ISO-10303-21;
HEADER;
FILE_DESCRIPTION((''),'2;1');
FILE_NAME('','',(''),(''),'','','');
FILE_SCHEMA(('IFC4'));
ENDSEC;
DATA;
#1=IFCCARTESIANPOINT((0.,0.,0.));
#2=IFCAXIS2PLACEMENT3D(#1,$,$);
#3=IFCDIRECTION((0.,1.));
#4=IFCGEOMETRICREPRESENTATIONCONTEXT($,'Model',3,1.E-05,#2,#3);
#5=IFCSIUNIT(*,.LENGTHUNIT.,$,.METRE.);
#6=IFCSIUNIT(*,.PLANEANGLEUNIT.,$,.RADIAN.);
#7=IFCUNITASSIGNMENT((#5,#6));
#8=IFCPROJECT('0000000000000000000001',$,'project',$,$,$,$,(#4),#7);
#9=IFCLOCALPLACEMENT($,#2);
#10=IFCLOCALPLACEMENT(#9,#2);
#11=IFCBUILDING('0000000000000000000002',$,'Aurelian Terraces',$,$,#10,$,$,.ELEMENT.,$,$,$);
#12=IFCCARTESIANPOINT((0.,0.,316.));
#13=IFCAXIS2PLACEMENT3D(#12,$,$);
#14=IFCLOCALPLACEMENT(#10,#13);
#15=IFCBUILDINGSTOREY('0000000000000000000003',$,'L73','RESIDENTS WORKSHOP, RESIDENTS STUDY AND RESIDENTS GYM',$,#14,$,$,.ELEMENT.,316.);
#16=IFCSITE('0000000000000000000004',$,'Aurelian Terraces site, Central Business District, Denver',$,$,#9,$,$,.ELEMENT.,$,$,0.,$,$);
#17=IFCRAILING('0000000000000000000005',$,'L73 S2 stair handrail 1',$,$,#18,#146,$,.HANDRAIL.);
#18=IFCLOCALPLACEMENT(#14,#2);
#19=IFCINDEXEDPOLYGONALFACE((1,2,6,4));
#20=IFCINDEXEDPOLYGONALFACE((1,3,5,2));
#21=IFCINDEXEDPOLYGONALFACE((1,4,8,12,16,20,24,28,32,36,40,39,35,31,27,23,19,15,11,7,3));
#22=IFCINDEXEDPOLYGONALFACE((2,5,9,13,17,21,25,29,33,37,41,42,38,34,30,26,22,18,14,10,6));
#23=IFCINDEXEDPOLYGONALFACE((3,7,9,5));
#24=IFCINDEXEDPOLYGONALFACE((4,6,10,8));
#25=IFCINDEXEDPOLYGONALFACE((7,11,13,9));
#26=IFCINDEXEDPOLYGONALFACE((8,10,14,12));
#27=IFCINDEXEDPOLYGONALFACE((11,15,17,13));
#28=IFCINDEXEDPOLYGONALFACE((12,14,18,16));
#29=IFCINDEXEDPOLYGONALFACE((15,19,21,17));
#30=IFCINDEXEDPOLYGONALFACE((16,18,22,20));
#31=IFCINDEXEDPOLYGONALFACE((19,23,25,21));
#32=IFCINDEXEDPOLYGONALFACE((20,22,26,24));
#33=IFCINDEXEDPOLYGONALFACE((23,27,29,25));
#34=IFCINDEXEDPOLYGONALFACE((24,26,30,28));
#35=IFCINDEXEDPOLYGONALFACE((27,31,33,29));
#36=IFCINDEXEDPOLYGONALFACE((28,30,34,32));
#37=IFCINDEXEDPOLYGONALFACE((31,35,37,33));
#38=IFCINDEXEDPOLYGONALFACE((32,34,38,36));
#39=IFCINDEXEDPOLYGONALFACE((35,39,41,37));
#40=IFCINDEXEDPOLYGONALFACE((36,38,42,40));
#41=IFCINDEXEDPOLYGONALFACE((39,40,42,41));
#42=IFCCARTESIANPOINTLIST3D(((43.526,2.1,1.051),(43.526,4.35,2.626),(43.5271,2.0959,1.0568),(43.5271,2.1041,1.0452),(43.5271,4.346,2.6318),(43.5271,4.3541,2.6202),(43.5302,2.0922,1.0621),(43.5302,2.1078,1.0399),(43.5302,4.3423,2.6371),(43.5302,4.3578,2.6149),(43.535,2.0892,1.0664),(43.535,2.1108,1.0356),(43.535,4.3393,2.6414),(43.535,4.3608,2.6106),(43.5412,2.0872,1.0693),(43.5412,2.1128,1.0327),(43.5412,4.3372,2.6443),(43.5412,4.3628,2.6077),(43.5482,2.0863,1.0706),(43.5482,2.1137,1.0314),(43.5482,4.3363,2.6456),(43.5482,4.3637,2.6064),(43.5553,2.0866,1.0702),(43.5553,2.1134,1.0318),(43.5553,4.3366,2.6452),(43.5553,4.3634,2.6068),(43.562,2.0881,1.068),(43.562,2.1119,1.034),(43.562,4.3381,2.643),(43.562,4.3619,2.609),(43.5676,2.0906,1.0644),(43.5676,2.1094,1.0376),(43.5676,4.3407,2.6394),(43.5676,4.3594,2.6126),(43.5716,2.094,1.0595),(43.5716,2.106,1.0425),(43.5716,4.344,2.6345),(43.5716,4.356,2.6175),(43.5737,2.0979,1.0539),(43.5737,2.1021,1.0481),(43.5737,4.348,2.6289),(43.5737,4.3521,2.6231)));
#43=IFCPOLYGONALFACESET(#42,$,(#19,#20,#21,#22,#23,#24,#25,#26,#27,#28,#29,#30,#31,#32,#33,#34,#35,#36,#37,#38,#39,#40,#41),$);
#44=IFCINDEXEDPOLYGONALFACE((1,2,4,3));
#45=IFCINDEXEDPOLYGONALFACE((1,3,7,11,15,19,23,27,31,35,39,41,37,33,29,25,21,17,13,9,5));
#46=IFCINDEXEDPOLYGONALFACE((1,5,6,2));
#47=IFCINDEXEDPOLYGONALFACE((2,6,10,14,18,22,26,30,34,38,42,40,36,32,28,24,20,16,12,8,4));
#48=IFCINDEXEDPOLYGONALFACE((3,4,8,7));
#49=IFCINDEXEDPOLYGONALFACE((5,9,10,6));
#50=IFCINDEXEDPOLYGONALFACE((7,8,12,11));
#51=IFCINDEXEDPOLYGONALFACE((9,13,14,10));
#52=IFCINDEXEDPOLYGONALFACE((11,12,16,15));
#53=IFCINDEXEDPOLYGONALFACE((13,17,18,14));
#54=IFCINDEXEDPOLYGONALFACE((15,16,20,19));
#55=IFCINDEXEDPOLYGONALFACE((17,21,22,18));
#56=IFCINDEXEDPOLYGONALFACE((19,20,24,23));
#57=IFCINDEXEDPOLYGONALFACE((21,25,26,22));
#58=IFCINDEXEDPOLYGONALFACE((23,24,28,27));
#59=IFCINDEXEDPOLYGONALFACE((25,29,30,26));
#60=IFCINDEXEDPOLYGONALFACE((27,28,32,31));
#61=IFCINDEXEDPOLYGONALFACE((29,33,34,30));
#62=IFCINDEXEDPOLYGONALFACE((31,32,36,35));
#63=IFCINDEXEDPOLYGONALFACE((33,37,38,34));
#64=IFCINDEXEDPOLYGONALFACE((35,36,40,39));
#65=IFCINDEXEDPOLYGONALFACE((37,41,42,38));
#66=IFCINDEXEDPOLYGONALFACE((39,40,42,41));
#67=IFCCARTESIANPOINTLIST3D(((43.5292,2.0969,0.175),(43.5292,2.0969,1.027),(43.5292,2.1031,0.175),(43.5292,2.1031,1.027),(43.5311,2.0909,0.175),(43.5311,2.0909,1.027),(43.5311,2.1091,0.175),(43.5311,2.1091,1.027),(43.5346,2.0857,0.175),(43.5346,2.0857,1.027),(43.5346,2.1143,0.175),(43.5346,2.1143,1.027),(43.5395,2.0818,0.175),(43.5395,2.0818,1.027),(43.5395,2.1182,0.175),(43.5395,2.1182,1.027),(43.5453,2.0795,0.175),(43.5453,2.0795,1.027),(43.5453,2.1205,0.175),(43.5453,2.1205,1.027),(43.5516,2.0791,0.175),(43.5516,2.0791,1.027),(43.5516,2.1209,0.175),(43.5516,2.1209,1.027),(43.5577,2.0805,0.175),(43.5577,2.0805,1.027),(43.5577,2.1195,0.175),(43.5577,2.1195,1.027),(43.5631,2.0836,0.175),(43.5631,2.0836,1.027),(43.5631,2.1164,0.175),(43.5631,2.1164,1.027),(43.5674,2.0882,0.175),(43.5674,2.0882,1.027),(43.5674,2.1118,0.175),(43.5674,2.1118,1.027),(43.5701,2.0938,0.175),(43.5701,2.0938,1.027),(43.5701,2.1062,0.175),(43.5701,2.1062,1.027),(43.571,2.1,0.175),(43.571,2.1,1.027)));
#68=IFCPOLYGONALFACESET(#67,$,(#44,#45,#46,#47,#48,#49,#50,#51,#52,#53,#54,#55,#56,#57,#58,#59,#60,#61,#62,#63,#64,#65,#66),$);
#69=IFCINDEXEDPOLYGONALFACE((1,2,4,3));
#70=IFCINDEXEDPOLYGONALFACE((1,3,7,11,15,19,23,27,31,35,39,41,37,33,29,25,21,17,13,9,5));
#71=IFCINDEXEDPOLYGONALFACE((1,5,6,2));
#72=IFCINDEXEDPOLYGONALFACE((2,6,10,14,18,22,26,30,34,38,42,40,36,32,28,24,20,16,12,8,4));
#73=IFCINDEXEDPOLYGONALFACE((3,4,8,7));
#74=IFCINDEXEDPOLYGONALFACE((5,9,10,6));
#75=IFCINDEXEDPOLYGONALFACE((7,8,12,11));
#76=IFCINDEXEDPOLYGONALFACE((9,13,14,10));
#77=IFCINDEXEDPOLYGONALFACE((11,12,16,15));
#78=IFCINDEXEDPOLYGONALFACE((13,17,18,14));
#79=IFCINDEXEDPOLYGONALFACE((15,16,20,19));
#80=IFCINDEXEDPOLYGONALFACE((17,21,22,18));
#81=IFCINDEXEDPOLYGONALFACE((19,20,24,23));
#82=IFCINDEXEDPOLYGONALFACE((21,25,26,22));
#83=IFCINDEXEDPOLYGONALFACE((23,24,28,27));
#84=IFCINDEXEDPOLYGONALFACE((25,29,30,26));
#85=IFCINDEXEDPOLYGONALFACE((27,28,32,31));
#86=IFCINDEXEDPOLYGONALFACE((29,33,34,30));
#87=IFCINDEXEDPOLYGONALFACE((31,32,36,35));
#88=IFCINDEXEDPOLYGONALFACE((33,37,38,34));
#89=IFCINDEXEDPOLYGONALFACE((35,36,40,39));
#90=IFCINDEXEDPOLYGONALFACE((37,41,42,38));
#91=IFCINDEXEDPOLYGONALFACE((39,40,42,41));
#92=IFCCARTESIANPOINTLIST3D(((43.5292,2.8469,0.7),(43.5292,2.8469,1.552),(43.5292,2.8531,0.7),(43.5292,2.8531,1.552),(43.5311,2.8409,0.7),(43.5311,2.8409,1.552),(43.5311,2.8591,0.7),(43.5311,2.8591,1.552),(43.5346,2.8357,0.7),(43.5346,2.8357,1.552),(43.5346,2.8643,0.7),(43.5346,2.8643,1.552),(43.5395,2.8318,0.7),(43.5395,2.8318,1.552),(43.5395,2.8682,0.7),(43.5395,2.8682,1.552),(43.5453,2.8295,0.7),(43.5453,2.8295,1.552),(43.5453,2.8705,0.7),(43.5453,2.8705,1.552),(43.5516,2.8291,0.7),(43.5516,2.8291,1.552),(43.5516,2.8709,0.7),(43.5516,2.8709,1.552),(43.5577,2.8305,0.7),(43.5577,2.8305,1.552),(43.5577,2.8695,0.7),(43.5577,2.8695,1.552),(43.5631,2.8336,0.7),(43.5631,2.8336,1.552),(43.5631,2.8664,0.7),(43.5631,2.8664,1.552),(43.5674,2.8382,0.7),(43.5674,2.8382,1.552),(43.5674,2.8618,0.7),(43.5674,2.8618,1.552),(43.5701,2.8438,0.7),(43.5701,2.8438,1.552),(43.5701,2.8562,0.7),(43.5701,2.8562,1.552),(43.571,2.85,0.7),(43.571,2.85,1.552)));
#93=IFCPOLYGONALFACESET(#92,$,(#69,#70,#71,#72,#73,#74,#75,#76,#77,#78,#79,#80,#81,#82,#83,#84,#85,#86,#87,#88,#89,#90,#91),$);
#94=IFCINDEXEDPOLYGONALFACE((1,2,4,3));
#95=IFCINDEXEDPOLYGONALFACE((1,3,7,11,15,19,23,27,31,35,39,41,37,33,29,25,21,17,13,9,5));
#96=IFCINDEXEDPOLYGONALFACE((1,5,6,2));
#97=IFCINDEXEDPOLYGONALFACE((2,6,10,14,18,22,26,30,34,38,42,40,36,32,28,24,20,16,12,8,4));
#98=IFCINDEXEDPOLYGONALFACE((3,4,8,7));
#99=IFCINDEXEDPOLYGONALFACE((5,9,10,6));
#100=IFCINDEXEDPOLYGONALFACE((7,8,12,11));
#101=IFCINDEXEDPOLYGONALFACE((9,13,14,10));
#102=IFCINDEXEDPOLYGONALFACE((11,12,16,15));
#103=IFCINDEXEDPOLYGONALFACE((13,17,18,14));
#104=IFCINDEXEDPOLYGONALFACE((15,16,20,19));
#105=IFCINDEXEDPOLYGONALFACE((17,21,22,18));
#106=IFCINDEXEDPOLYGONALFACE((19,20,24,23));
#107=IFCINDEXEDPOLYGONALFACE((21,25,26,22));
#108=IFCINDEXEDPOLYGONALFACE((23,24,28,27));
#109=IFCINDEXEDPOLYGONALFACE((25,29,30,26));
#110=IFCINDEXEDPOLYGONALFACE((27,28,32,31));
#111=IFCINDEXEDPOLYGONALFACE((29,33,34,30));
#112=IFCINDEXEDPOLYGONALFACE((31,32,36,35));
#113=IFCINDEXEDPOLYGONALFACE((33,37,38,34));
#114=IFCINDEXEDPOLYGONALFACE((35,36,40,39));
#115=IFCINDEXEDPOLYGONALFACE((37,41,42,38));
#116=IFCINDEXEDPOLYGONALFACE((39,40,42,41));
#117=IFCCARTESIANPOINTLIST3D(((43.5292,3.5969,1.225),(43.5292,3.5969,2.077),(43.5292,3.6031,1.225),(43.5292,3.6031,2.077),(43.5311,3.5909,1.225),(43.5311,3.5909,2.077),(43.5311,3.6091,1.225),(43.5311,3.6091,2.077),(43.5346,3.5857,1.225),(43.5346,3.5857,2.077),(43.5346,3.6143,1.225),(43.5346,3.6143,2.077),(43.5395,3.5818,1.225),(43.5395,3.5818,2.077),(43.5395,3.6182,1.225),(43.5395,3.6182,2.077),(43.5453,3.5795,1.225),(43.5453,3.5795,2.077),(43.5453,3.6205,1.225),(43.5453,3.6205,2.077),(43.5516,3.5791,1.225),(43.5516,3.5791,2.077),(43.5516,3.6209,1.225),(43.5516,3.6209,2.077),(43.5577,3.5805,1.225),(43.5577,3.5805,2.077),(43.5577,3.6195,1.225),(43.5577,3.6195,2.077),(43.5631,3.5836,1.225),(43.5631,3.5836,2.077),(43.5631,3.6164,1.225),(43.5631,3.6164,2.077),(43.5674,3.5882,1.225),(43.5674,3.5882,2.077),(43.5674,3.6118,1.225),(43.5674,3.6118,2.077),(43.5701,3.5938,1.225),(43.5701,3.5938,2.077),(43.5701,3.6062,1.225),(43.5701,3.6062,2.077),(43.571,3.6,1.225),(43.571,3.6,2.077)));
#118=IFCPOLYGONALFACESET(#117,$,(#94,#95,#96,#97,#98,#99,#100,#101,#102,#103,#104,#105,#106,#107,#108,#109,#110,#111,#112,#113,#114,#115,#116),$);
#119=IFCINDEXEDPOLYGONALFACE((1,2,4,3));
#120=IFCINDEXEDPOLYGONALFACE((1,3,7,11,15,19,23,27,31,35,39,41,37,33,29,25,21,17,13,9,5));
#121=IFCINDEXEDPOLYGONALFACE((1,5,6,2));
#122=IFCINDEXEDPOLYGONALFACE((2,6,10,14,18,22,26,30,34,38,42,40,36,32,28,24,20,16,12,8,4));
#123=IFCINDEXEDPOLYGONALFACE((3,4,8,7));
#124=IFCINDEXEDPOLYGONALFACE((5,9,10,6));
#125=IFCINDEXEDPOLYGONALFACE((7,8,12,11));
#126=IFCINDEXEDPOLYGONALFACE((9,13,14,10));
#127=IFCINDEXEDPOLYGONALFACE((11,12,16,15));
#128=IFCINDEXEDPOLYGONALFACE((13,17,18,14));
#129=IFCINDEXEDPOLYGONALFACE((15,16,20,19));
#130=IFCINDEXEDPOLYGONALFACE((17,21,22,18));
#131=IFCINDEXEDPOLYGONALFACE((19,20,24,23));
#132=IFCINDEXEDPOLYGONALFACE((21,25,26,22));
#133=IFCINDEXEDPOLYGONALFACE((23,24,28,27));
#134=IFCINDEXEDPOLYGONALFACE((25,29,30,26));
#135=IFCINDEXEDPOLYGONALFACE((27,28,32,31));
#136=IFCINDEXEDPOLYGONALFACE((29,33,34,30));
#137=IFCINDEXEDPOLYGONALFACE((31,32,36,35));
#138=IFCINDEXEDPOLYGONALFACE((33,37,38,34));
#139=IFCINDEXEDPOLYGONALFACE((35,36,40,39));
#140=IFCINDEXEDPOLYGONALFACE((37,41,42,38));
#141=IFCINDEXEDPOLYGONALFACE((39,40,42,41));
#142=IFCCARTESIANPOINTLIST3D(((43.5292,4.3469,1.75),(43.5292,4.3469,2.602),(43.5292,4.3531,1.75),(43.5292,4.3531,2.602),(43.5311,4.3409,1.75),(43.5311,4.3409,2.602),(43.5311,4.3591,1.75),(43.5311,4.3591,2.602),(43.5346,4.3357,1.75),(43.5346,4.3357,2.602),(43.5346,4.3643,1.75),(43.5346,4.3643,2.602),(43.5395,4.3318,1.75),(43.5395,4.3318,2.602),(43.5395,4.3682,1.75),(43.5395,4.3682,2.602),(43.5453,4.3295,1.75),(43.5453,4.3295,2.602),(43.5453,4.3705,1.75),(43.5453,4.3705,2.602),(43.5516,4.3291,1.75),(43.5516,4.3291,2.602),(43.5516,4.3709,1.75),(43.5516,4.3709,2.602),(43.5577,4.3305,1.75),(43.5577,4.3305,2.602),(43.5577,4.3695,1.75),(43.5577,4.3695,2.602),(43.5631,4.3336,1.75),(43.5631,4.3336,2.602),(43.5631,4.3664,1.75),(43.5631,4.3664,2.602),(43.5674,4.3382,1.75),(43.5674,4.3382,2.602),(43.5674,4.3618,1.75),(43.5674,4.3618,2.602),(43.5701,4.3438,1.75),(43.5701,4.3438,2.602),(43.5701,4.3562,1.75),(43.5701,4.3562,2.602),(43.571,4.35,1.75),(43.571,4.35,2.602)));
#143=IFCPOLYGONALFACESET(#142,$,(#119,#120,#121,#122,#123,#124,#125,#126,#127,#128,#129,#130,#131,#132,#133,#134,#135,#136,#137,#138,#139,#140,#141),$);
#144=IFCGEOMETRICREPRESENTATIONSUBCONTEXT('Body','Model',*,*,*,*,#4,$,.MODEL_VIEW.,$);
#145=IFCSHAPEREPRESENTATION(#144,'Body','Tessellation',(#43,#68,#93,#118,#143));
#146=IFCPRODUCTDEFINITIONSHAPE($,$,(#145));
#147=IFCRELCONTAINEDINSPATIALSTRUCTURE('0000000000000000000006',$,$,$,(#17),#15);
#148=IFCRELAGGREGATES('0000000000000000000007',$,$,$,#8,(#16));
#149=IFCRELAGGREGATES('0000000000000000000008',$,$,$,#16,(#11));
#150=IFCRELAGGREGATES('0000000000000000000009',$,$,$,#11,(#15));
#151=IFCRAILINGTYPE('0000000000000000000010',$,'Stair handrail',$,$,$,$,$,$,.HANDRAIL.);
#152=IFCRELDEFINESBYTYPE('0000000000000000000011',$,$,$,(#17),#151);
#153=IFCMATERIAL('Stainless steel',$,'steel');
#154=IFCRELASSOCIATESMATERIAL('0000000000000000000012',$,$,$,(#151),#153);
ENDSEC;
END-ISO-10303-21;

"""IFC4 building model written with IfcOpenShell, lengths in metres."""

from ifc_helpers import new_model, si_unit, direction, frame, origin, origin_2d, place, context, subcontext, project, spatial, circle, extrude, source, transform, mapped, material, type_object, element, save


model = new_model("IFC4")

# Units and contexts
model_context = context("Model", 3, precision=1e-05, world=origin(), true_north=direction((0.0, 1.0)))
body_context = subcontext(model_context, "Body", "Model", "MODEL_VIEW")
ifc_project = project(units=[si_unit("LENGTHUNIT", "METRE"), si_unit("PLANEANGLEUNIT", "RADIAN")], contexts=[model_context])

# Site, building, storey
site_placement = place(None, origin())
site = spatial("IfcSite", under=ifc_project, at=site_placement, Name="Aurelian Terraces site, Central Business District, Denver", CompositionType="ELEMENT", RefElevation=0.0)
building_placement = place(site_placement, origin())
building = spatial("IfcBuilding", under=site, at=building_placement, Name="Aurelian Terraces", CompositionType="ELEMENT")
storey_placement = place(building_placement, frame((0.0, 0.0, 316.0)))
storey = spatial("IfcBuildingStorey", under=building, at=storey_placement, Name="L73", Description="RESIDENTS WORKSHOP, RESIDENTS STUDY AND RESIDENTS GYM", CompositionType="ELEMENT", Elevation=316.0)

# Railing
ifc_material_1 = material(Name="Stainless steel", Category="steel")
railing_type_1 = type_object("IfcRailingType", Name="Stair handrail", PredefinedType="HANDRAIL", material=ifc_material_1)
shared_shape_1 = source(origin(), body_context, "Body", "SweptSolid", [
    extrude(circle(Radius=0.024, at=origin_2d()), frame((0.0, 0.0, 0.876), z_axis=(0.0, 0.819232, 0.573462), x_axis=(-1.0, 0.0, 0.0)), (0.0, 0.0, 1.0), 2.7465),
    extrude(circle(Radius=0.021, at=origin_2d()), origin(), (0.0, 0.0, 1.0), 0.852),
    extrude(circle(Radius=0.021, at=origin_2d()), frame((0.0, 0.75, 0.525)), (0.0, 0.0, 1.0), 0.852),
    extrude(circle(Radius=0.021, at=origin_2d()), frame((0.0, 1.5, 1.05)), (0.0, 0.0, 1.0), 0.852),
    extrude(circle(Radius=0.021, at=origin_2d()), frame((0.0, 2.25, 1.575)), (0.0, 0.0, 1.0), 0.852),
])
railing_1_placement = place(storey_placement, frame((43.55, 2.1, 0.175)))
element("IfcRailing", 1, at=railing_1_placement, inside=storey, type_object=railing_type_1, Name="L73 S2 stair handrail 1", PredefinedType="HANDRAIL", context=body_context, shape_type="MappedRepresentation", body=[
    mapped(shared_shape_1, transform((0.0, 0.0, 0.0), scale=1.0)),
])

save(model, "model.ifc")
